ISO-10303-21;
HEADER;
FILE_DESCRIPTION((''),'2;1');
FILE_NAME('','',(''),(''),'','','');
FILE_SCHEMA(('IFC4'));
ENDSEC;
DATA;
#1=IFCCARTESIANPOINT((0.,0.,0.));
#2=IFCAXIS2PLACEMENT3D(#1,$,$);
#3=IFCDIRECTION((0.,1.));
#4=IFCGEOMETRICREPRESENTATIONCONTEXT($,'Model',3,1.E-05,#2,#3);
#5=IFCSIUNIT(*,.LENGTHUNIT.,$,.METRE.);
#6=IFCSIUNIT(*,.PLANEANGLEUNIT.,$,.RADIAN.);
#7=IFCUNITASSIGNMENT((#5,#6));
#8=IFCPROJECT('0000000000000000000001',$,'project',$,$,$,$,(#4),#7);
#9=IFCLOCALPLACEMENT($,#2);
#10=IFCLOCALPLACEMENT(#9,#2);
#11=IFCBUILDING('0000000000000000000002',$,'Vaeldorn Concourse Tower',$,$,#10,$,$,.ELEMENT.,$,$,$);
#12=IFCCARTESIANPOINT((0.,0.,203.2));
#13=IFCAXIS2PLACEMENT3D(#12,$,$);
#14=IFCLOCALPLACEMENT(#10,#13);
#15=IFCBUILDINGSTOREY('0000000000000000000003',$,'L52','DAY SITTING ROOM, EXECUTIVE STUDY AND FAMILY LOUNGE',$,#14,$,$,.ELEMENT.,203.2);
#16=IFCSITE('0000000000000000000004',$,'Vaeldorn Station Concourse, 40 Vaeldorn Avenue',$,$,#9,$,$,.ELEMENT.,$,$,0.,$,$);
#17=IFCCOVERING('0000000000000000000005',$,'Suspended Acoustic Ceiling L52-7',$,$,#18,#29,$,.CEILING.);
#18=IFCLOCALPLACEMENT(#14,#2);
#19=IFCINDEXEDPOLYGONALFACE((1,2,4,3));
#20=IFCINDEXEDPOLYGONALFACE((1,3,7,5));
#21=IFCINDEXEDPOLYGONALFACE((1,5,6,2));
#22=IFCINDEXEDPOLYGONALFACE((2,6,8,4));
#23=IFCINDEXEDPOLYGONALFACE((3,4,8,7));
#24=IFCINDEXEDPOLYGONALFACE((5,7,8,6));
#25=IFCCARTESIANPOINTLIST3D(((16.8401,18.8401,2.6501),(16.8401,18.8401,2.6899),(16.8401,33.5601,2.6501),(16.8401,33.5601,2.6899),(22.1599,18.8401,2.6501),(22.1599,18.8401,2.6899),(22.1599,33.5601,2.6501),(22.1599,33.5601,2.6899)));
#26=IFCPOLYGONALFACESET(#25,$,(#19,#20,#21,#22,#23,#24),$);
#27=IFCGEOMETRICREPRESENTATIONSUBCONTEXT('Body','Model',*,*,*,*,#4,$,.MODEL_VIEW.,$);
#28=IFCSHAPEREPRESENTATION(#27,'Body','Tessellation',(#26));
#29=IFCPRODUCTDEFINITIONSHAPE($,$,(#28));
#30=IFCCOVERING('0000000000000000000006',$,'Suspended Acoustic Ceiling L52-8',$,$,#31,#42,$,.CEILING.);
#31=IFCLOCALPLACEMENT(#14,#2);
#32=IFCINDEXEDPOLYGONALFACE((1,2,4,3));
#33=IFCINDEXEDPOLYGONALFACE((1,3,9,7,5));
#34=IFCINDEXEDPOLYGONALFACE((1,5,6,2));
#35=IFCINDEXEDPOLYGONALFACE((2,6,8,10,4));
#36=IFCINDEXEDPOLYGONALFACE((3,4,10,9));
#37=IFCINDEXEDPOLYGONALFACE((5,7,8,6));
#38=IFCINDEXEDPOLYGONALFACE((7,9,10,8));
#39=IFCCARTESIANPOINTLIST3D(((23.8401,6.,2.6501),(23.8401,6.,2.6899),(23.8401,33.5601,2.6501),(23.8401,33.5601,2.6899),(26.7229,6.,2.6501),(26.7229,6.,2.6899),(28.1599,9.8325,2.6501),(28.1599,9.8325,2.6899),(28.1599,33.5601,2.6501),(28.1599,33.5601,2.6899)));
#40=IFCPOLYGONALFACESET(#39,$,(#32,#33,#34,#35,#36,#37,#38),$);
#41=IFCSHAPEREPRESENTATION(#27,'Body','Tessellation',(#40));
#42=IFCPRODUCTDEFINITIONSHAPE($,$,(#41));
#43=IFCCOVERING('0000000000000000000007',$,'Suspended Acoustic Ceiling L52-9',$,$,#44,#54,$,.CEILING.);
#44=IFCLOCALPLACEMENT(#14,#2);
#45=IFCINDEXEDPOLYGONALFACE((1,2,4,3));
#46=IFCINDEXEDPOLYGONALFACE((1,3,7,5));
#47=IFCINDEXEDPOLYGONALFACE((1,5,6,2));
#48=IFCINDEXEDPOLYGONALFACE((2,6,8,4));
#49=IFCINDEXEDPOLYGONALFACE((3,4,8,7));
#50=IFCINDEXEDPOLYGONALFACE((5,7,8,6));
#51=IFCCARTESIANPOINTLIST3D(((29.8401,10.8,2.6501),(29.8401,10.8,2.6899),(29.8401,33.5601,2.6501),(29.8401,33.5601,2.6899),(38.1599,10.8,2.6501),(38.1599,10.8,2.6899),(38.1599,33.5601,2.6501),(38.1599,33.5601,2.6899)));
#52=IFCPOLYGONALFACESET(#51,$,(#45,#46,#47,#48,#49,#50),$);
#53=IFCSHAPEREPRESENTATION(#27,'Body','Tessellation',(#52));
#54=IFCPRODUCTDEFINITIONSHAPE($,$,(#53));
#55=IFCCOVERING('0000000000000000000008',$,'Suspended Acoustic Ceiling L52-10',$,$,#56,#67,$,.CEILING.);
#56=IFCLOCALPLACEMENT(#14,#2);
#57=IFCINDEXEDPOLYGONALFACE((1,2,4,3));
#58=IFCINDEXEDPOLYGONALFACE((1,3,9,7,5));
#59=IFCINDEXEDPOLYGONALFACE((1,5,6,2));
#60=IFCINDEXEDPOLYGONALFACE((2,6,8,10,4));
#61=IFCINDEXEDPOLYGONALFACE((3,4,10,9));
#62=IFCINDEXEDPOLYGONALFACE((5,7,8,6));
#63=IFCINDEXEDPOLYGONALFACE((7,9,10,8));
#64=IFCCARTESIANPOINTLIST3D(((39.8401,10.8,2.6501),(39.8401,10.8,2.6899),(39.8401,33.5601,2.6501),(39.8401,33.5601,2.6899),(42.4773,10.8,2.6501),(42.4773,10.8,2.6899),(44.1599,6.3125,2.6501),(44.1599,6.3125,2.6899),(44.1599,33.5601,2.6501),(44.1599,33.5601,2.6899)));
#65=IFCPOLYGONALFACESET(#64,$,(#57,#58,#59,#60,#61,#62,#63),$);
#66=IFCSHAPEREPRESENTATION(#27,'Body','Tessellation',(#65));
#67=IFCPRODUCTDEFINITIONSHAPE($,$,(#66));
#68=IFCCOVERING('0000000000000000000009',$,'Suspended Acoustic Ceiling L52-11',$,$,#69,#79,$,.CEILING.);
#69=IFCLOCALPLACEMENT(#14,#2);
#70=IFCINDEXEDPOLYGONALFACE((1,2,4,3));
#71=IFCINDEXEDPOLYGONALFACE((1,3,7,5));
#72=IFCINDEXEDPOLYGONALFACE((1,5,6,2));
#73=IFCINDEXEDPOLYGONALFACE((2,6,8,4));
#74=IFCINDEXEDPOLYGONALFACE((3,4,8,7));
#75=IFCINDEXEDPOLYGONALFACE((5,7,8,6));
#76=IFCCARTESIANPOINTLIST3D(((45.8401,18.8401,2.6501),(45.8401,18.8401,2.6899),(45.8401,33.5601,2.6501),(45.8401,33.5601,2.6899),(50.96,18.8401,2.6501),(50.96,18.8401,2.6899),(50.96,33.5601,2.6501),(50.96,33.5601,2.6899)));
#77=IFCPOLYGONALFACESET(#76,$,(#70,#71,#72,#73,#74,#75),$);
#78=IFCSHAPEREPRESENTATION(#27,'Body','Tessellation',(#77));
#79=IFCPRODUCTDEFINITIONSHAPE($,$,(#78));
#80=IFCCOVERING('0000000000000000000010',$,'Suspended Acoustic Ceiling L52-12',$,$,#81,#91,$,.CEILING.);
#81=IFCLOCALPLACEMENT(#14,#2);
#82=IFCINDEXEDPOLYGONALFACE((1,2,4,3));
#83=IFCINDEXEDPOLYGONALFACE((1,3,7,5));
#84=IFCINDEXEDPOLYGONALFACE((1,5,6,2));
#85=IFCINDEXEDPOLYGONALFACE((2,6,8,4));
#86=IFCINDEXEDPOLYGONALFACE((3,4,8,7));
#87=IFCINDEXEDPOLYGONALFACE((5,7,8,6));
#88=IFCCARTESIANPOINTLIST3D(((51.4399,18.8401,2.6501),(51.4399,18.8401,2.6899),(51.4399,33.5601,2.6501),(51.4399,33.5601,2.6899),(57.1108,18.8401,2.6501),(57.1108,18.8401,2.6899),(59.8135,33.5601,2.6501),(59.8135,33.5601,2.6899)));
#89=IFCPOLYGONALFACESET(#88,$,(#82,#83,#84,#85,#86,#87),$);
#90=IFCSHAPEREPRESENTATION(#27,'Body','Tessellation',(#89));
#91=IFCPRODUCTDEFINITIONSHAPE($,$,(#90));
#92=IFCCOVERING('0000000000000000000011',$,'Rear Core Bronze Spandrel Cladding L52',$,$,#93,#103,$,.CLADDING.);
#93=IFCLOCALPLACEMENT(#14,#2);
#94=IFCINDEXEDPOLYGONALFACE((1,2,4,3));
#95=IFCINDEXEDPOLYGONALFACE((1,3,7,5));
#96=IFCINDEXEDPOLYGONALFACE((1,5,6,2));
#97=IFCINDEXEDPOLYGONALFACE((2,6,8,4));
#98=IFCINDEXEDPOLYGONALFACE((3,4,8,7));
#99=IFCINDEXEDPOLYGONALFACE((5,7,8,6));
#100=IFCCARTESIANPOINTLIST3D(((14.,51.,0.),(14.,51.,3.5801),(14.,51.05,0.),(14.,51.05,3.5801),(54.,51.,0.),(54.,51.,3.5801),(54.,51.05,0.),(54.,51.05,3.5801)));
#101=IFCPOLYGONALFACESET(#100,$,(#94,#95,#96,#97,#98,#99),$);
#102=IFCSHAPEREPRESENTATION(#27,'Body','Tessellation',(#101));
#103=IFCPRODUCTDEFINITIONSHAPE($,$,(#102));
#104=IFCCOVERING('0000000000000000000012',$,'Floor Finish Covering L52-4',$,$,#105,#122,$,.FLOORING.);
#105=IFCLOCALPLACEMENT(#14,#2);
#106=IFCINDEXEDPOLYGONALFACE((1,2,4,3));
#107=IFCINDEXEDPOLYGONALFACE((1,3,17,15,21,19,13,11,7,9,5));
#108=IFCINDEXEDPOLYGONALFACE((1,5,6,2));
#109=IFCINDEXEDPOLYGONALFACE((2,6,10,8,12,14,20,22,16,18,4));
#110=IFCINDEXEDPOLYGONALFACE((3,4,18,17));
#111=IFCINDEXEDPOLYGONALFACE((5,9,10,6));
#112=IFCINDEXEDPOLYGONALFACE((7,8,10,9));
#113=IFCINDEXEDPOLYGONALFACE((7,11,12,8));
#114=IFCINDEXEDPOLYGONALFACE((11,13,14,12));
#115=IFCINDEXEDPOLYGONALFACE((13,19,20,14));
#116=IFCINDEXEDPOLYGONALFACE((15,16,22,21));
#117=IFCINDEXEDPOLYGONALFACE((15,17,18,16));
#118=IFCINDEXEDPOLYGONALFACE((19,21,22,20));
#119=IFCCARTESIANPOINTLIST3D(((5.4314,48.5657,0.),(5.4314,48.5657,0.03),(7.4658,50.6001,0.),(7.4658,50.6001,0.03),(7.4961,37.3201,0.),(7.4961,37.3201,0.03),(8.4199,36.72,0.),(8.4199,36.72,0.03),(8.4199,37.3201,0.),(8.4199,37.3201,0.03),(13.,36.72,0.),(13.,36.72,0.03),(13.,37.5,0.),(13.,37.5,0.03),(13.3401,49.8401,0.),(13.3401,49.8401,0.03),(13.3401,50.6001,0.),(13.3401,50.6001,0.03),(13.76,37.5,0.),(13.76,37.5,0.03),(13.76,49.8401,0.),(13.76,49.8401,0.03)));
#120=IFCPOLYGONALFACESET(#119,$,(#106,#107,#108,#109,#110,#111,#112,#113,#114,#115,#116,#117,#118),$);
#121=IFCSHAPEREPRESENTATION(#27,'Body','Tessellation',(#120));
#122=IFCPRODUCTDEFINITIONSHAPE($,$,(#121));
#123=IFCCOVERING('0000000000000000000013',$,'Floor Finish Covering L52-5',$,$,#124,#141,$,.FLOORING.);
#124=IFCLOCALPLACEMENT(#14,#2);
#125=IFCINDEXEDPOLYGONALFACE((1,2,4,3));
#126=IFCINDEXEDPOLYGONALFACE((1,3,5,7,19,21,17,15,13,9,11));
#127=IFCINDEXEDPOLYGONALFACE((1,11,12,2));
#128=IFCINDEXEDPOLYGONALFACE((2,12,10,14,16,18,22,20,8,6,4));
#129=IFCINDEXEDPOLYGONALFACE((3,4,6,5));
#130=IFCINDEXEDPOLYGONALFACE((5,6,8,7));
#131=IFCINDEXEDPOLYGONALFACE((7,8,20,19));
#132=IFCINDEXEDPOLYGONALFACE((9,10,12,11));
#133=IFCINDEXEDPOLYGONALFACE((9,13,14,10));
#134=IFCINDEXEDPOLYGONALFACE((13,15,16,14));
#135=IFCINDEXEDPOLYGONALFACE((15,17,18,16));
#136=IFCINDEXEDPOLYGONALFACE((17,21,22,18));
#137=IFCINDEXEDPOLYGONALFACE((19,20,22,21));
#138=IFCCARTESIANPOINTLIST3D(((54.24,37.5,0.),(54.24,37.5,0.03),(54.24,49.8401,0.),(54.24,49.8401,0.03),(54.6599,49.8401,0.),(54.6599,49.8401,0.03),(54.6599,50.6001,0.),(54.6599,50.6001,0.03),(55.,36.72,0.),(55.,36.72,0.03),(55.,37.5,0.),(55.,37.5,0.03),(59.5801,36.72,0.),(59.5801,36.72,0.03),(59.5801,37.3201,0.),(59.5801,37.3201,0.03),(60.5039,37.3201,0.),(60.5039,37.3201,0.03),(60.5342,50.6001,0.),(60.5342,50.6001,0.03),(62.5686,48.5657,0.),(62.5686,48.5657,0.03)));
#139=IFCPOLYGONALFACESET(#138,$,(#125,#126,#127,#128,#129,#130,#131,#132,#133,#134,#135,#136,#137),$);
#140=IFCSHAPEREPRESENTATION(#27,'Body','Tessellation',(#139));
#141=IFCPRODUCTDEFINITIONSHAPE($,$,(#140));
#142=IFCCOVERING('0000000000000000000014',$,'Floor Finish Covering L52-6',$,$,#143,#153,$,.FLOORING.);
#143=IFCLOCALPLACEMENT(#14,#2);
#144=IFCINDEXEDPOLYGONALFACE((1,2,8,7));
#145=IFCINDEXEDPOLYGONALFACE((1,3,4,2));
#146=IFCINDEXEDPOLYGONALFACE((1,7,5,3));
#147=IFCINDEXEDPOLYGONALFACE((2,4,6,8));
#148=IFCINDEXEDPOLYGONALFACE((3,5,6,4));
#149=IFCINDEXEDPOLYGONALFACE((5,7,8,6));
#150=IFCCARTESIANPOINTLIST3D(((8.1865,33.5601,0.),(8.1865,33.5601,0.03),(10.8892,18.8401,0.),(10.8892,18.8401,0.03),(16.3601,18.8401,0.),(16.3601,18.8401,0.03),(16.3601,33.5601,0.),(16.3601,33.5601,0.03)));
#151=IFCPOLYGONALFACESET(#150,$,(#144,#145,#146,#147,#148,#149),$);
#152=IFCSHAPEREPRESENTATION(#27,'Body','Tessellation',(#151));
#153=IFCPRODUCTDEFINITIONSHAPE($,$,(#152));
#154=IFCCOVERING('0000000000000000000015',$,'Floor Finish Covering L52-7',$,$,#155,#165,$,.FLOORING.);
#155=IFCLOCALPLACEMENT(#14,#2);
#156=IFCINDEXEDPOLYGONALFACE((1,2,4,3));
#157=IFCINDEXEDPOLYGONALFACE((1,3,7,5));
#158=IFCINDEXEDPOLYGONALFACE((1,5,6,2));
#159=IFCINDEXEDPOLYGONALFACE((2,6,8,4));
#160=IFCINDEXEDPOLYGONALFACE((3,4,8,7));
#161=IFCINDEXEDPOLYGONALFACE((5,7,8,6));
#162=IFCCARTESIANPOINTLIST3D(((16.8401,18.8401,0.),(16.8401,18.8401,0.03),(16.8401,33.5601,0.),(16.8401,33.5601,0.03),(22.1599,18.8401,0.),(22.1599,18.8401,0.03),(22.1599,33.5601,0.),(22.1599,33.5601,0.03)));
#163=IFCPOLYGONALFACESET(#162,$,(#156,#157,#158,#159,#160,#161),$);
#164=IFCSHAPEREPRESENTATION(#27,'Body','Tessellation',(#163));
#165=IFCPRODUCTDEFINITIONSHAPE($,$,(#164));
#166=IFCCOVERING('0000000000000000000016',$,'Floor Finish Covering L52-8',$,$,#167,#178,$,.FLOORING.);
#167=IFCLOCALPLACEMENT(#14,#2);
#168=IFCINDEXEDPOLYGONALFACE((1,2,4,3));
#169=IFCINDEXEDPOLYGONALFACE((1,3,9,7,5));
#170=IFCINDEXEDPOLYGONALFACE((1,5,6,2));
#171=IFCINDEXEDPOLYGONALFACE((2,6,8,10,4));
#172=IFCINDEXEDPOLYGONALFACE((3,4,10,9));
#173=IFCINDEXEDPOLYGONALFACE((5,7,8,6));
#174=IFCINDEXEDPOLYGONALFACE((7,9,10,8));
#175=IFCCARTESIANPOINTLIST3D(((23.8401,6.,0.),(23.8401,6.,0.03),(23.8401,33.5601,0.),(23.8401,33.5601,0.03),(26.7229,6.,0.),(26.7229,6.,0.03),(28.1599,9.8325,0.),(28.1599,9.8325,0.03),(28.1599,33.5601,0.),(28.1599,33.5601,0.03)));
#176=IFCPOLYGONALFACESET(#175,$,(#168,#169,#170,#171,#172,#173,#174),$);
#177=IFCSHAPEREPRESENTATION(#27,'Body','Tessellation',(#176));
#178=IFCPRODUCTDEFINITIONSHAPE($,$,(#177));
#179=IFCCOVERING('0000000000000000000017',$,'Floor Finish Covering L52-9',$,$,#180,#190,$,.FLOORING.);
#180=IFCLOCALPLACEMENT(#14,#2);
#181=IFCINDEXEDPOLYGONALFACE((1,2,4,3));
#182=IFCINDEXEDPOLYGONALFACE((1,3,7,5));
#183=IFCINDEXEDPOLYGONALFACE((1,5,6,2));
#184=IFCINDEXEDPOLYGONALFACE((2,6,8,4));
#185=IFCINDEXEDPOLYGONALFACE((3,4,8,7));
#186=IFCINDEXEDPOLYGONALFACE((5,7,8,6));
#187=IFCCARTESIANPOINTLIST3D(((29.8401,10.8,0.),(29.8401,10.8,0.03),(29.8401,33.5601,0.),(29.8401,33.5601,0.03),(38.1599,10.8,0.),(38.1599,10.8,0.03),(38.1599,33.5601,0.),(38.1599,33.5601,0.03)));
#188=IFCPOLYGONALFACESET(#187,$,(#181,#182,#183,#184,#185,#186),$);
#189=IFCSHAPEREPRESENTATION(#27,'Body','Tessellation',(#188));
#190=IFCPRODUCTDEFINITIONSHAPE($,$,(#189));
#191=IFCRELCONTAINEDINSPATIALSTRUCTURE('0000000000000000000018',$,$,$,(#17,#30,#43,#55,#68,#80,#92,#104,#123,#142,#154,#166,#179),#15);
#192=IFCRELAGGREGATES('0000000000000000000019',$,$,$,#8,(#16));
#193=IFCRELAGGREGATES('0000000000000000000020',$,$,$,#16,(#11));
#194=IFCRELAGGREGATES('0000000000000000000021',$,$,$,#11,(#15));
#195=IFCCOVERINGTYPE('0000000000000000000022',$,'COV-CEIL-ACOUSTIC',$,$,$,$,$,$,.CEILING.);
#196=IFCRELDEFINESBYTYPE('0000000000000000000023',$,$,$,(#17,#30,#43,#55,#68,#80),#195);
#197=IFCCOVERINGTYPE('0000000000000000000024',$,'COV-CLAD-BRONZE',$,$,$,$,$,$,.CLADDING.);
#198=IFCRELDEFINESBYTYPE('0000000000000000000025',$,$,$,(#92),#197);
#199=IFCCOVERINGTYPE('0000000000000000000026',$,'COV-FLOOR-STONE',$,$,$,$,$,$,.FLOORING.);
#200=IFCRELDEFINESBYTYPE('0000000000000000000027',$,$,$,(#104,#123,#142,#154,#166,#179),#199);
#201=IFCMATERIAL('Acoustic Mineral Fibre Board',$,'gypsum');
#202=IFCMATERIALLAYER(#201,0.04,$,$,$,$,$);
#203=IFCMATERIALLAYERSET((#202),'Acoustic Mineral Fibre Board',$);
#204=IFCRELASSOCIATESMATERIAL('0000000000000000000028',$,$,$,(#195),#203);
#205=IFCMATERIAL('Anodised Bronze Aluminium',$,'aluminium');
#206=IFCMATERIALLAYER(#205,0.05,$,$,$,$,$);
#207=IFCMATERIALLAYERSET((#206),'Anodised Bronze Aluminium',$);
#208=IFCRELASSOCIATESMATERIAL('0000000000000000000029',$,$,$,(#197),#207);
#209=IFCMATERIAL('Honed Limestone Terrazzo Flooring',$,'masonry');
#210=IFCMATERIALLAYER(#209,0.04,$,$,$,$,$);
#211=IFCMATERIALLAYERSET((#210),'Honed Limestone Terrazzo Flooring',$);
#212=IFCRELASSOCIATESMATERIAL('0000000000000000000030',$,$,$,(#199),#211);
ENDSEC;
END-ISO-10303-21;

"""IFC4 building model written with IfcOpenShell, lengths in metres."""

from ifc_helpers import new_model, si_unit, direction, frame, origin, place, context, subcontext, project, spatial, polyline, outline, extrude, material, layer, layer_set, type_object, element, save


model = new_model("IFC4")

# Units and contexts
model_context = context("Model", 3, precision=1e-05, world=origin(), true_north=direction((0.0, 1.0)))
body_context = subcontext(model_context, "Body", "Model", "MODEL_VIEW")
ifc_project = project(units=[si_unit("LENGTHUNIT", "METRE"), si_unit("PLANEANGLEUNIT", "RADIAN")], contexts=[model_context])

# Site, building, storey
site_placement = place(None, origin())
site = spatial("IfcSite", under=ifc_project, at=site_placement, Name="Vaeldorn Station Concourse, 40 Vaeldorn Avenue", CompositionType="ELEMENT", RefElevation=0.0)
building_placement = place(site_placement, origin())
building = spatial("IfcBuilding", under=site, at=building_placement, Name="Vaeldorn Concourse Tower", CompositionType="ELEMENT")
storey_placement = place(building_placement, frame((0.0, 0.0, 203.2)))
storey = spatial("IfcBuildingStorey", under=building, at=storey_placement, Name="L52", Description="DAY SITTING ROOM, EXECUTIVE STUDY AND FAMILY LOUNGE", CompositionType="ELEMENT", Elevation=203.2)

# Shared definitions
ifc_material_1 = material(Name="Anodised Bronze Aluminium", Category="aluminium")

# Coverings
ifc_material_2 = material(Name="Acoustic Mineral Fibre Board", Category="gypsum")
ifc_layer_1 = layer(ifc_material_2, 0.04)
ifc_layer_set_1 = layer_set([ifc_layer_1], Name="Acoustic Mineral Fibre Board")
covering_type_1 = type_object("IfcCoveringType", Name="COV-CEIL-ACOUSTIC", PredefinedType="CEILING", material=ifc_layer_set_1)
covering_1_placement = place(storey_placement, frame((0.0, 0.0, 2.6501)))
element("IfcCovering", 1, at=covering_1_placement, inside=storey, type_object=covering_type_1, Name="Suspended Acoustic Ceiling L52-7", PredefinedType="CEILING", context=body_context, shape_type="SweptSolid", body=[
    extrude(outline(polyline([(16.8401, 33.5601), (22.1599, 33.5601), (22.1599, 18.8401), (16.8401, 18.8401), (16.8401, 33.5601)])), origin(), (0.0, 0.0, 1.0), 0.0398),
])
covering_2_placement = place(storey_placement, frame((0.0, 0.0, 2.6501)))
element("IfcCovering", 2, at=covering_2_placement, inside=storey, type_object=covering_type_1, Name="Suspended Acoustic Ceiling L52-8", PredefinedType="CEILING", context=body_context, shape_type="SweptSolid", body=[
    extrude(outline(polyline([(23.8401, 6.0), (23.8401, 33.5601), (28.1599, 33.5601), (28.1599, 9.8325), (26.7229, 6.0), (23.8401, 6.0)])), origin(), (0.0, 0.0, 1.0), 0.0398),
])
covering_3_placement = place(storey_placement, frame((0.0, 0.0, 2.6501)))
element("IfcCovering", 3, at=covering_3_placement, inside=storey, type_object=covering_type_1, Name="Suspended Acoustic Ceiling L52-9", PredefinedType="CEILING", context=body_context, shape_type="SweptSolid", body=[
    extrude(outline(polyline([(29.8401, 33.5601), (38.1599, 33.5601), (38.1599, 10.8), (29.8401, 10.8), (29.8401, 33.5601)])), origin(), (0.0, 0.0, 1.0), 0.0398),
])
covering_4_placement = place(storey_placement, frame((0.0, 0.0, 2.6501)))
element("IfcCovering", 4, at=covering_4_placement, inside=storey, type_object=covering_type_1, Name="Suspended Acoustic Ceiling L52-10", PredefinedType="CEILING", context=body_context, shape_type="SweptSolid", body=[
    extrude(outline(polyline([(39.8401, 10.8), (39.8401, 33.5601), (44.1599, 33.5601), (44.1599, 6.3125), (42.4773, 10.8), (39.8401, 10.8)])), origin(), (0.0, 0.0, 1.0), 0.0398),
])
covering_5_placement = place(storey_placement, frame((0.0, 0.0, 2.6501)))
element("IfcCovering", 5, at=covering_5_placement, inside=storey, type_object=covering_type_1, Name="Suspended Acoustic Ceiling L52-11", PredefinedType="CEILING", context=body_context, shape_type="SweptSolid", body=[
    extrude(outline(polyline([(45.8401, 33.5601), (50.96, 33.5601), (50.96, 18.8401), (45.8401, 18.8401), (45.8401, 33.5601)])), origin(), (0.0, 0.0, 1.0), 0.0398),
])
covering_6_placement = place(storey_placement, frame((0.0, 0.0, 2.6501)))
element("IfcCovering", 6, at=covering_6_placement, inside=storey, type_object=covering_type_1, Name="Suspended Acoustic Ceiling L52-12", PredefinedType="CEILING", context=body_context, shape_type="SweptSolid", body=[
    extrude(outline(polyline([(51.4399, 18.8401), (51.4399, 33.5601), (59.8135, 33.5601), (57.1108, 18.8401), (51.4399, 18.8401)])), origin(), (0.0, 0.0, 1.0), 0.0398),
])
ifc_layer_2 = layer(ifc_material_1, 0.05)
ifc_layer_set_2 = layer_set([ifc_layer_2], Name="Anodised Bronze Aluminium")
covering_type_2 = type_object("IfcCoveringType", Name="COV-CLAD-BRONZE", PredefinedType="CLADDING", material=ifc_layer_set_2)
covering_7_placement = place(storey_placement, origin())
element("IfcCovering", 7, at=covering_7_placement, inside=storey, type_object=covering_type_2, Name="Rear Core Bronze Spandrel Cladding L52", PredefinedType="CLADDING", context=body_context, shape_type="SweptSolid", body=[
    extrude(outline(polyline([(14.0, 51.0), (54.0, 51.0), (54.0, 51.05), (14.0, 51.05), (14.0, 51.0)])), origin(), (0.0, 0.0, 1.0), 3.5801),
])
ifc_material_3 = material(Name="Honed Limestone Terrazzo Flooring", Category="masonry")
ifc_layer_3 = layer(ifc_material_3, 0.04)
ifc_layer_set_3 = layer_set([ifc_layer_3], Name="Honed Limestone Terrazzo Flooring")
covering_type_3 = type_object("IfcCoveringType", Name="COV-FLOOR-STONE", PredefinedType="FLOORING", material=ifc_layer_set_3)
covering_8_placement = place(storey_placement, origin())
element("IfcCovering", 8, at=covering_8_placement, inside=storey, type_object=covering_type_3, Name="Floor Finish Covering L52-4", PredefinedType="FLOORING", context=body_context, shape_type="SweptSolid", body=[
    extrude(outline(polyline([(13.3401, 50.6001), (13.3401, 49.8401), (13.76, 49.8401), (13.76, 37.5), (13.0, 37.5), (13.0, 36.72), (8.4199, 36.72), (8.4199, 37.3201), (7.4961, 37.3201), (5.4314, 48.5657), (7.4658, 50.6001), (13.3401, 50.6001)])), origin(), (0.0, 0.0, 1.0), 0.03),
])
covering_9_placement = place(storey_placement, origin())
element("IfcCovering", 9, at=covering_9_placement, inside=storey, type_object=covering_type_3, Name="Floor Finish Covering L52-5", PredefinedType="FLOORING", context=body_context, shape_type="SweptSolid", body=[
    extrude(outline(polyline([(54.6599, 49.8401), (54.6599, 50.6001), (60.5342, 50.6001), (62.5686, 48.5657), (60.5039, 37.3201), (59.5801, 37.3201), (59.5801, 36.72), (55.0, 36.72), (55.0, 37.5), (54.24, 37.5), (54.24, 49.8401), (54.6599, 49.8401)])), origin(), (0.0, 0.0, 1.0), 0.03),
])
covering_10_placement = place(storey_placement, origin())
element("IfcCovering", 10, at=covering_10_placement, inside=storey, type_object=covering_type_3, Name="Floor Finish Covering L52-6", PredefinedType="FLOORING", context=body_context, shape_type="SweptSolid", body=[
    extrude(outline(polyline([(16.3601, 33.5601), (16.3601, 18.8401), (10.8892, 18.8401), (8.1865, 33.5601), (16.3601, 33.5601)])), origin(), (0.0, 0.0, 1.0), 0.03),
])
covering_11_placement = place(storey_placement, origin())
element("IfcCovering", 11, at=covering_11_placement, inside=storey, type_object=covering_type_3, Name="Floor Finish Covering L52-7", PredefinedType="FLOORING", context=body_context, shape_type="SweptSolid", body=[
    extrude(outline(polyline([(16.8401, 33.5601), (22.1599, 33.5601), (22.1599, 18.8401), (16.8401, 18.8401), (16.8401, 33.5601)])), origin(), (0.0, 0.0, 1.0), 0.03),
])
covering_12_placement = place(storey_placement, origin())
element("IfcCovering", 12, at=covering_12_placement, inside=storey, type_object=covering_type_3, Name="Floor Finish Covering L52-8", PredefinedType="FLOORING", context=body_context, shape_type="SweptSolid", body=[
    extrude(outline(polyline([(23.8401, 6.0), (23.8401, 33.5601), (28.1599, 33.5601), (28.1599, 9.8325), (26.7229, 6.0), (23.8401, 6.0)])), origin(), (0.0, 0.0, 1.0), 0.03),
])
covering_13_placement = place(storey_placement, origin())
element("IfcCovering", 13, at=covering_13_placement, inside=storey, type_object=covering_type_3, Name="Floor Finish Covering L52-9", PredefinedType="FLOORING", context=body_context, shape_type="SweptSolid", body=[
    extrude(outline(polyline([(29.8401, 33.5601), (38.1599, 33.5601), (38.1599, 10.8), (29.8401, 10.8), (29.8401, 33.5601)])), origin(), (0.0, 0.0, 1.0), 0.03),
])

save(model, "model.ifc")
